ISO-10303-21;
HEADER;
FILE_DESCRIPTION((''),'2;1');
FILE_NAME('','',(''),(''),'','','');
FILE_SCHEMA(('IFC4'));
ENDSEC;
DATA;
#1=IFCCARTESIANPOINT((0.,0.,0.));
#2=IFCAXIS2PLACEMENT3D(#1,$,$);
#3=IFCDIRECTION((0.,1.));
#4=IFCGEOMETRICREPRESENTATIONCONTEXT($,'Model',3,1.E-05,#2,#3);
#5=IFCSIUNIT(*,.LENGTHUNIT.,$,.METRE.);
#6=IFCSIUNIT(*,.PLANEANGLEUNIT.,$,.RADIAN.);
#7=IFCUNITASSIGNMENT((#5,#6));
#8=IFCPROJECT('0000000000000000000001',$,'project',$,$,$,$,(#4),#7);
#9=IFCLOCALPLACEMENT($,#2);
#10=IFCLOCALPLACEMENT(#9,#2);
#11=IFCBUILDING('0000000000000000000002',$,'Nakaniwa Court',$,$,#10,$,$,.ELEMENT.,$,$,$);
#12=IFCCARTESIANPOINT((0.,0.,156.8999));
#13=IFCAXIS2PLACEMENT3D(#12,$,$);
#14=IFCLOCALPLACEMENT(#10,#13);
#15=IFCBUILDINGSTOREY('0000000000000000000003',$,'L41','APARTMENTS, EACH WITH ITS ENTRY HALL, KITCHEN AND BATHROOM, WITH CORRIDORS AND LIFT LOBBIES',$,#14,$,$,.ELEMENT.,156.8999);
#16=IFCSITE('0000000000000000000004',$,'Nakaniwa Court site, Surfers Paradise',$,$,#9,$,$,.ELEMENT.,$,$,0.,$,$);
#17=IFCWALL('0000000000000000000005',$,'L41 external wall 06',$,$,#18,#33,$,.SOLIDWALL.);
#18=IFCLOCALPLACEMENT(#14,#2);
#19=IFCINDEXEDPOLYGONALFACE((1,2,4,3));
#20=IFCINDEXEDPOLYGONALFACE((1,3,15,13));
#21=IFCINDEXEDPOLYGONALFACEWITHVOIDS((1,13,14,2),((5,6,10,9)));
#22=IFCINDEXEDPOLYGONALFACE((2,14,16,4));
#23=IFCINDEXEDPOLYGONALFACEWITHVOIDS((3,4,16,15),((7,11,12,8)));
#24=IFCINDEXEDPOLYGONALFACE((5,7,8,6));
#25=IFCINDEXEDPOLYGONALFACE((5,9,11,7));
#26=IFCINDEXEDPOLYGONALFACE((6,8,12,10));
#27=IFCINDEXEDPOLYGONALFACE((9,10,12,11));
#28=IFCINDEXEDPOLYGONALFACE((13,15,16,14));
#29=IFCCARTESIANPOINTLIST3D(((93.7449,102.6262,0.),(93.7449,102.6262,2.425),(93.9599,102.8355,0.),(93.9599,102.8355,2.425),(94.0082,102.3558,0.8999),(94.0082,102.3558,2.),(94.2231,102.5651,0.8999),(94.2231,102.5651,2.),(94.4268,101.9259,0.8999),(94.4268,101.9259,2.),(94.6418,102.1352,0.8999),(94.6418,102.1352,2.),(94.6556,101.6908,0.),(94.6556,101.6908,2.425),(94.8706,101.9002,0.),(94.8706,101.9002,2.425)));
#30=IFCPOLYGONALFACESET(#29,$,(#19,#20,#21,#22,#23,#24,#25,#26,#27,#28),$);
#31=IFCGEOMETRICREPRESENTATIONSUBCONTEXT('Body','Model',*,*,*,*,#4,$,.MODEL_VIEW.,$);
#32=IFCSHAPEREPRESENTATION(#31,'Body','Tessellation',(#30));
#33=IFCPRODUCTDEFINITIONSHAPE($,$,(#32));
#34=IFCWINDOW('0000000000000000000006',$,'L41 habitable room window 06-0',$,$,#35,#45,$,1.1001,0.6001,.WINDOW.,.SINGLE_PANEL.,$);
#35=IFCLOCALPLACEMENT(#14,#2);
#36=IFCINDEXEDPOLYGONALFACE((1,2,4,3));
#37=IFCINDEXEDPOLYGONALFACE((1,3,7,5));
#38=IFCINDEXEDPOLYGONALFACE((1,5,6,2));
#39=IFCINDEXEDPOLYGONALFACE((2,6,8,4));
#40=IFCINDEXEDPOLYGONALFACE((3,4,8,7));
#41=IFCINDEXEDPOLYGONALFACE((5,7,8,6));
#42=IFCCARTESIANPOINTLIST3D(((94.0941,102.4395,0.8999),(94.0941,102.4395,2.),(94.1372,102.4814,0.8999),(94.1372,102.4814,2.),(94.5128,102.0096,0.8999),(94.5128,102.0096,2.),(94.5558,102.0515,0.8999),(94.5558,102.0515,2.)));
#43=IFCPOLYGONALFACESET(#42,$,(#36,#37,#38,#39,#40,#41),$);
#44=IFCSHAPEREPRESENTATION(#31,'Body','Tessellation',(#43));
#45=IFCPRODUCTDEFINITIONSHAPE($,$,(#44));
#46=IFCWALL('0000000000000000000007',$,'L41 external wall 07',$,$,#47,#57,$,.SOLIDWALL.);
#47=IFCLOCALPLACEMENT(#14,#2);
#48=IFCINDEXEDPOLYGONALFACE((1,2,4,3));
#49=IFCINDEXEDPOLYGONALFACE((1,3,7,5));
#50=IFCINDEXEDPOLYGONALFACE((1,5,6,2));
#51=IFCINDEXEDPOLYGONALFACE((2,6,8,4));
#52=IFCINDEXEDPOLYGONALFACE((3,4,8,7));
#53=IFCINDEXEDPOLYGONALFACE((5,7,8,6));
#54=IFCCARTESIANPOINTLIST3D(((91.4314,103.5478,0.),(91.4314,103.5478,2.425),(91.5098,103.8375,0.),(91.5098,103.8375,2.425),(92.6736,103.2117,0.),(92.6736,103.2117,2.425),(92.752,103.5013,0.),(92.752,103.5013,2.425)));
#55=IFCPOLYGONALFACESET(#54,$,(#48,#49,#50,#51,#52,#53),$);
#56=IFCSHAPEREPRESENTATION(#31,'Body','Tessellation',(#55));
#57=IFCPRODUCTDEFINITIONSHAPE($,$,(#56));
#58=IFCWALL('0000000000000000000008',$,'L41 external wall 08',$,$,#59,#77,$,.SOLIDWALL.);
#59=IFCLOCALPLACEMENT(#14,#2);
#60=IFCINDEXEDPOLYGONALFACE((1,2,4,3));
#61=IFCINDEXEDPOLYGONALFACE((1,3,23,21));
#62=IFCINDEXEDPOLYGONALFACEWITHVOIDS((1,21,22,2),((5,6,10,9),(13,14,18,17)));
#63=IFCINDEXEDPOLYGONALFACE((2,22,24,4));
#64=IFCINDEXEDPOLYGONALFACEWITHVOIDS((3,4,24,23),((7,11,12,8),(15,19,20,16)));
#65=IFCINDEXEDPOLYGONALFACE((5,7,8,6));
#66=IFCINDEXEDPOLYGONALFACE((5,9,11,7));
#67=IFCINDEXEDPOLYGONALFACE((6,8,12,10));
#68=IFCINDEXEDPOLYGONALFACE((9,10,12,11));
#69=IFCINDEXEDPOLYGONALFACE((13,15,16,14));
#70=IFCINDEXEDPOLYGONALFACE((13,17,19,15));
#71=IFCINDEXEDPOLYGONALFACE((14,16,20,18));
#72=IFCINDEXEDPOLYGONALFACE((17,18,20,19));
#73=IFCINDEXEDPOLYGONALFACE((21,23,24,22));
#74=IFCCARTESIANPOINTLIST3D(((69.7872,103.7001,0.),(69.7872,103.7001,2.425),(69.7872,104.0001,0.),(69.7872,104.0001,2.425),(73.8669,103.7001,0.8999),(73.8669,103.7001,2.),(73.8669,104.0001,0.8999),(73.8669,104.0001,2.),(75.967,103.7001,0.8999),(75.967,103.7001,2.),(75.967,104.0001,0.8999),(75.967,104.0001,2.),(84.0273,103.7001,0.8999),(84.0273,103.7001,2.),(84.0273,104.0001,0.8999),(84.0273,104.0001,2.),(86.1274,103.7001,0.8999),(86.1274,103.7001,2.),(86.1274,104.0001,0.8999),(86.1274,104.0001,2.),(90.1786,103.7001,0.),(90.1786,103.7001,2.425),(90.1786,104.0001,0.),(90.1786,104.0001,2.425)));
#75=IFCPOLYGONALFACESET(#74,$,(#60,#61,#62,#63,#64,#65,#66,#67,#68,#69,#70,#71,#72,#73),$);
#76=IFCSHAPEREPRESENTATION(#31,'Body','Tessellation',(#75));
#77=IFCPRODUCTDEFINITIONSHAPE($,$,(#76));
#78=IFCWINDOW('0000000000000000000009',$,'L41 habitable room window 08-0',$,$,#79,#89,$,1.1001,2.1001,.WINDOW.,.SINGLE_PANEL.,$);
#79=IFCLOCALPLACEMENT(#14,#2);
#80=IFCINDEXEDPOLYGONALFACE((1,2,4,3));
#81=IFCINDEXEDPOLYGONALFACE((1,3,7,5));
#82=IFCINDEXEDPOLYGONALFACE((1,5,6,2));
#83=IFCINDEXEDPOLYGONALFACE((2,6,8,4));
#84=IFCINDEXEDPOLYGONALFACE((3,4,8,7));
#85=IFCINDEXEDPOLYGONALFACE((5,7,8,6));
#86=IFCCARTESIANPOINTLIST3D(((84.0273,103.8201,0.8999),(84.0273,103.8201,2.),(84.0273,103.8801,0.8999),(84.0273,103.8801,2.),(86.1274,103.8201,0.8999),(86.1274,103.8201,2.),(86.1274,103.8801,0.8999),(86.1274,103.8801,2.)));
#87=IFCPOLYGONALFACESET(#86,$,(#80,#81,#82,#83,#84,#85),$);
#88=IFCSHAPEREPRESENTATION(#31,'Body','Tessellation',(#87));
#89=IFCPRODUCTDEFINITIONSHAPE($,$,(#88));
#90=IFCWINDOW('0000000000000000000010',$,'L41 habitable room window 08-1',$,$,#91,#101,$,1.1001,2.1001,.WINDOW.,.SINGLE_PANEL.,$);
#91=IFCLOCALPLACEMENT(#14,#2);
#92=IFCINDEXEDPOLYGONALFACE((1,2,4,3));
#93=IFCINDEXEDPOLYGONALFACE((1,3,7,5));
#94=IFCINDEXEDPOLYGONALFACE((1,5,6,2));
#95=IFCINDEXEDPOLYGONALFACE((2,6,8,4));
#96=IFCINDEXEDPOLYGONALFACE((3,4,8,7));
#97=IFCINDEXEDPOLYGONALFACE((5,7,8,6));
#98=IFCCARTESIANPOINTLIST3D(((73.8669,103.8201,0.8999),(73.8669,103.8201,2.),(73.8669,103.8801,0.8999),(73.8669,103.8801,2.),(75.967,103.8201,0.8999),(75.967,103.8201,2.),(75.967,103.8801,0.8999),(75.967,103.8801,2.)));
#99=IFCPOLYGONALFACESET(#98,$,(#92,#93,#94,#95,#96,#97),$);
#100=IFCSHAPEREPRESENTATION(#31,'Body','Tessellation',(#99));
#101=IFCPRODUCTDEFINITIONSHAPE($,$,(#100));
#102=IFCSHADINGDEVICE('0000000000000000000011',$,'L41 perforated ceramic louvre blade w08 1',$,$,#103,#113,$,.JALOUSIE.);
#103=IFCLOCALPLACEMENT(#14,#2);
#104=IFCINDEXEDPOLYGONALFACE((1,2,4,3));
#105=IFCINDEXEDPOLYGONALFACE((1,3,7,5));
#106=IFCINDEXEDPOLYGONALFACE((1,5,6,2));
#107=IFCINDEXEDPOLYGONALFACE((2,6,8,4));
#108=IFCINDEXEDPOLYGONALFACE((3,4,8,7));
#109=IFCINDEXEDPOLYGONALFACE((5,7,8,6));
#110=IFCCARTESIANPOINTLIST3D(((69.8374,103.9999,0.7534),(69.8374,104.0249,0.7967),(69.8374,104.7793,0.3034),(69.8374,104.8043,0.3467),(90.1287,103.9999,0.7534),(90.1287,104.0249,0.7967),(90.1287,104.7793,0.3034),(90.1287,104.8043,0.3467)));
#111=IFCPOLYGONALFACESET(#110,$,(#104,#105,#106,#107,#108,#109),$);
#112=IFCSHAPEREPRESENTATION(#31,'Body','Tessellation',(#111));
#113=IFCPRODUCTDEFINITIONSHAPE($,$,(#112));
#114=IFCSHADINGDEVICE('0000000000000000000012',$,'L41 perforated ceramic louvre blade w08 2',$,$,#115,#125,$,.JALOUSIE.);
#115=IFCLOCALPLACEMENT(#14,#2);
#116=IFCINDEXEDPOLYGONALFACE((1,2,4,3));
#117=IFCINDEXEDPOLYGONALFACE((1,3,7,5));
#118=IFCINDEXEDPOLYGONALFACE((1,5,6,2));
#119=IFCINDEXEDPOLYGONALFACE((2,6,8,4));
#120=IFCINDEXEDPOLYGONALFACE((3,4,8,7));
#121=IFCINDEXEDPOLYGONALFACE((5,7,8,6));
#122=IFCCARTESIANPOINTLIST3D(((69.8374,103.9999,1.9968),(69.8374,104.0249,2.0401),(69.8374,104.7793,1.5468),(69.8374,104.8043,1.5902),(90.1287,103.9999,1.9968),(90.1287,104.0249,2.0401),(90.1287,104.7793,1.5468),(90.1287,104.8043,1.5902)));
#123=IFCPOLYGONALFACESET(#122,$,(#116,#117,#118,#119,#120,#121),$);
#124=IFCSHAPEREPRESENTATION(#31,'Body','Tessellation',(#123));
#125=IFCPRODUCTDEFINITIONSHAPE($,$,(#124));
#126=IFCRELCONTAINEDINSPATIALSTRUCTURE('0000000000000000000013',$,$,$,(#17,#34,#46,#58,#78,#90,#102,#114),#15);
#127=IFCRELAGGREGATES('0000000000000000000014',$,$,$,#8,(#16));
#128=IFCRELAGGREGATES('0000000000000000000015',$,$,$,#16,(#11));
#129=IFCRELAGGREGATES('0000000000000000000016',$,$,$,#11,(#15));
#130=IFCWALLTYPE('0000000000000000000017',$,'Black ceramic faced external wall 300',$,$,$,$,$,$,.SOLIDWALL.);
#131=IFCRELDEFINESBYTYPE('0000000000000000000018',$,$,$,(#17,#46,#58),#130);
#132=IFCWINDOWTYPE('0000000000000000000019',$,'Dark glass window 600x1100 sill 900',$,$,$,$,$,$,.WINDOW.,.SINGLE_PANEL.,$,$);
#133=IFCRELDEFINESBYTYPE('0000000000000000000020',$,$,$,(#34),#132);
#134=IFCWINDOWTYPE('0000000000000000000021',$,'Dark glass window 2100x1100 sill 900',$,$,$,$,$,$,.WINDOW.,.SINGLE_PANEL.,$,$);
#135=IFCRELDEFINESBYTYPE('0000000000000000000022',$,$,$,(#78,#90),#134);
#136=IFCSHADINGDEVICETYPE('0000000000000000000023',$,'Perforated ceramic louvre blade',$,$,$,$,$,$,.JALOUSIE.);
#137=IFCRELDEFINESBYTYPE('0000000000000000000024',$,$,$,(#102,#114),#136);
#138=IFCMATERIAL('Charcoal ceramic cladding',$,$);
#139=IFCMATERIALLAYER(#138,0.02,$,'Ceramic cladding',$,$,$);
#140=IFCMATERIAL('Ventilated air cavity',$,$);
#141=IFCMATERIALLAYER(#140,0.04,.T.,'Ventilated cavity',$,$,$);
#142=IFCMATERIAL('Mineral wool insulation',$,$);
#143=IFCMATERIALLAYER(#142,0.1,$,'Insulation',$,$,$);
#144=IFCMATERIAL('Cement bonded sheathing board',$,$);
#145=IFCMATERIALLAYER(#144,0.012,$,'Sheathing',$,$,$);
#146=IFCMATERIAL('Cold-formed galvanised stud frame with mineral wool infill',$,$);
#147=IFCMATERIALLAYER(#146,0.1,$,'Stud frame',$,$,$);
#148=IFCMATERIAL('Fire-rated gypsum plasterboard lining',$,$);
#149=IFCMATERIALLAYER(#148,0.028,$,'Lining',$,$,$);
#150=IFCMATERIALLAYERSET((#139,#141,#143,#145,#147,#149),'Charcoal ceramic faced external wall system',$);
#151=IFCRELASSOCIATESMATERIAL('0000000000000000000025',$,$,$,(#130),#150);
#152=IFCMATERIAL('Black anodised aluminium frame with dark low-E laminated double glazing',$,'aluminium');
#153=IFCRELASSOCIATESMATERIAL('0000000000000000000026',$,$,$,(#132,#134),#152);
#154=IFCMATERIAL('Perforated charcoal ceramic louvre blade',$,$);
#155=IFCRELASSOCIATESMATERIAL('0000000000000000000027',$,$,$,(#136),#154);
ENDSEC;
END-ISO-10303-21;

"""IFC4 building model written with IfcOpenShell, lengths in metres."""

from ifc_helpers import new_model, si_unit, direction, frame, frame_2d, origin, origin_2d, place, context, subcontext, project, spatial, rectangle, extrude, material, layer, layer_set, material_profile, profile_set, type_object, element, fill, save


model = new_model("IFC4")

# Units and contexts
model_context = context("Model", 3, precision=1e-05, world=origin(), true_north=direction((0.0, 1.0)))
body_context = subcontext(model_context, "Body", "Model", "MODEL_VIEW")
ifc_project = project(units=[si_unit("LENGTHUNIT", "METRE"), si_unit("PLANEANGLEUNIT", "RADIAN")], contexts=[model_context])

# Site, building, storey
site_placement = place(None, origin())
site = spatial("IfcSite", under=ifc_project, at=site_placement, Name="Nakaniwa Court site, Surfers Paradise", CompositionType="ELEMENT", RefElevation=0.0)
building_placement = place(site_placement, origin())
building = spatial("IfcBuilding", under=site, at=building_placement, Name="Nakaniwa Court", CompositionType="ELEMENT")
storey_placement = place(building_placement, frame((0.0, 0.0, 156.8999)))
storey = spatial("IfcBuildingStorey", under=building, at=storey_placement, Name="L41", Description="APARTMENTS, EACH WITH ITS ENTRY HALL, KITCHEN AND BATHROOM, WITH CORRIDORS AND LIFT LOBBIES", CompositionType="ELEMENT", Elevation=156.8999)

# Wall, opening, window
ifc_material_1 = material(Name="Charcoal ceramic cladding")
ifc_layer_1 = layer(ifc_material_1, 0.02, Name="Ceramic cladding")
ifc_material_2 = material(Name="Ventilated air cavity")
ifc_layer_2 = layer(ifc_material_2, 0.04, ventilated=True, Name="Ventilated cavity")
ifc_material_3 = material(Name="Mineral wool insulation")
ifc_layer_3 = layer(ifc_material_3, 0.1, Name="Insulation")
ifc_material_4 = material(Name="Cement bonded sheathing board")
ifc_layer_4 = layer(ifc_material_4, 0.012, Name="Sheathing")
ifc_material_5 = material(Name="Cold-formed galvanised stud frame with mineral wool infill")
ifc_layer_5 = layer(ifc_material_5, 0.1, Name="Stud frame")
ifc_material_6 = material(Name="Fire-rated gypsum plasterboard lining")
ifc_layer_6 = layer(ifc_material_6, 0.028, Name="Lining")
ifc_layer_set_1 = layer_set([ifc_layer_1, ifc_layer_2, ifc_layer_3, ifc_layer_4, ifc_layer_5, ifc_layer_6], Name="Charcoal ceramic faced external wall system")
wall_type_1 = type_object("IfcWallType", Name="Black ceramic faced external wall 300", PredefinedType="SOLIDWALL", material=ifc_layer_set_1)
wall_1_placement = place(storey_placement, frame((94.7632, 101.7954, 0.0), z_axis=(0.0, 0.0, 1.0), x_axis=(-0.697599, 0.716488, 0.0)))
wall_1 = element("IfcWall", 1, at=wall_1_placement, inside=storey, type_object=wall_type_1, Name="L41 external wall 06", PredefinedType="SOLIDWALL", context=body_context, shape_type="SweptSolid", body=[
    extrude(rectangle(XDim=1.3054, YDim=0.3, at=frame_2d((0.6528, 0.0))), origin(), (0.0, 0.0, 1.0), 2.425),
])
opening_1_placement = place(wall_1_placement, frame((0.3281, 0.0, 0.8999)))
opening_1 = element("IfcOpeningElement", 2, at=opening_1_placement, cuts=wall_1, PredefinedType="OPENING", context=body_context, shape_type="SweptSolid", body=[
    extrude(rectangle(XDim=0.6001, YDim=1.1001, at=frame_2d((0.3, 0.55))), frame((0.0, 0.1599, 0.0), z_axis=(0.0, -1.0, 0.0), x_axis=(1.0, 0.0, 0.0)), (0.0, 0.0, 1.0), 0.3201),
])
ifc_material_7 = material(Name="Black anodised aluminium frame with dark low-E laminated double glazing", Category="aluminium")
window_type_1 = type_object("IfcWindowType", Name="Dark glass window 600x1100 sill 900", PartitioningType="SINGLE_PANEL", PredefinedType="WINDOW", material=ifc_material_7)
window_1_placement = place(opening_1_placement, origin())
window_1 = element("IfcWindow", 3, at=window_1_placement, inside=storey, type_object=window_type_1, Name="L41 habitable room window 06-0", OverallHeight=1.1001, OverallWidth=0.6001, PartitioningType="SINGLE_PANEL", PredefinedType="WINDOW", context=body_context, shape_type="SweptSolid", body=[
    extrude(rectangle(XDim=0.6001, YDim=1.1001, at=frame_2d((0.3, 0.55))), frame((0.0, 0.03, 0.0), z_axis=(0.0, -1.0, 0.0), x_axis=(1.0, 0.0, 0.0)), (0.0, 0.0, 1.0), 0.0601),
])
fill(opening_1, window_1)

# Wall
wall_2_placement = place(storey_placement, frame((92.7129, 103.3564, 0.0), z_axis=(0.0, 0.0, 1.0), x_axis=(-0.965274, 0.261239, 0.0)))
element("IfcWall", 4, at=wall_2_placement, inside=storey, type_object=wall_type_1, Name="L41 external wall 07", PredefinedType="SOLIDWALL", context=body_context, shape_type="SweptSolid", body=[
    extrude(rectangle(XDim=1.2869, YDim=0.3, at=frame_2d((0.6436, 0.0))), origin(), (0.0, 0.0, 1.0), 2.425),
])

# Wall, openings, windows
wall_3_placement = place(storey_placement, frame((90.1787, 103.8501, 0.0), z_axis=(0.0, 0.0, 1.0), x_axis=(-1.0, 0.0, 0.0)))
wall_3 = element("IfcWall", 5, at=wall_3_placement, inside=storey, type_object=wall_type_1, Name="L41 external wall 08", PredefinedType="SOLIDWALL", context=body_context, shape_type="SweptSolid", body=[
    extrude(rectangle(XDim=20.3914, YDim=0.3, at=frame_2d((10.1958, 0.0))), origin(), (0.0, 0.0, 1.0), 2.425),
])
opening_2_placement = place(wall_3_placement, frame((4.0513, 0.0, 0.8999)))
opening_2 = element("IfcOpeningElement", 6, at=opening_2_placement, cuts=wall_3, PredefinedType="OPENING", context=body_context, shape_type="SweptSolid", body=[
    extrude(rectangle(XDim=2.1001, YDim=1.1001, at=frame_2d((1.05, 0.55))), frame((0.0, 0.1599, 0.0), z_axis=(0.0, -1.0, 0.0), x_axis=(1.0, 0.0, 0.0)), (0.0, 0.0, 1.0), 0.3201),
])
opening_3_placement = place(wall_3_placement, frame((14.2117, 0.0, 0.8999)))
opening_3 = element("IfcOpeningElement", 7, at=opening_3_placement, cuts=wall_3, PredefinedType="OPENING", context=body_context, shape_type="SweptSolid", body=[
    extrude(rectangle(XDim=2.1001, YDim=1.1001, at=frame_2d((1.05, 0.55))), frame((0.0, 0.1599, 0.0), z_axis=(0.0, -1.0, 0.0), x_axis=(1.0, 0.0, 0.0)), (0.0, 0.0, 1.0), 0.3201),
])
window_type_2 = type_object("IfcWindowType", Name="Dark glass window 2100x1100 sill 900", PartitioningType="SINGLE_PANEL", PredefinedType="WINDOW", material=ifc_material_7)
window_2_placement = place(opening_2_placement, origin())
window_2 = element("IfcWindow", 8, at=window_2_placement, inside=storey, type_object=window_type_2, Name="L41 habitable room window 08-0", OverallHeight=1.1001, OverallWidth=2.1001, PartitioningType="SINGLE_PANEL", PredefinedType="WINDOW", context=body_context, shape_type="SweptSolid", body=[
    extrude(rectangle(XDim=2.1001, YDim=1.1001, at=frame_2d((1.05, 0.55))), frame((0.0, 0.03, 0.0), z_axis=(0.0, -1.0, 0.0), x_axis=(1.0, 0.0, 0.0)), (0.0, 0.0, 1.0), 0.0601),
])
fill(opening_2, window_2)
window_3_placement = place(opening_3_placement, origin())
window_3 = element("IfcWindow", 9, at=window_3_placement, inside=storey, type_object=window_type_2, Name="L41 habitable room window 08-1", OverallHeight=1.1001, OverallWidth=2.1001, PartitioningType="SINGLE_PANEL", PredefinedType="WINDOW", context=body_context, shape_type="SweptSolid", body=[
    extrude(rectangle(XDim=2.1001, YDim=1.1001, at=frame_2d((1.05, 0.55))), frame((0.0, 0.03, 0.0), z_axis=(0.0, -1.0, 0.0), x_axis=(1.0, 0.0, 0.0)), (0.0, 0.0, 1.0), 0.0601),
])
fill(opening_3, window_3)

# Shading devices
ifc_material_8 = material(Name="Perforated charcoal ceramic louvre blade")
ifc_material_profile_1 = material_profile(ifc_material_8, rectangle(XDim=0.8999, YDim=0.05, at=origin_2d()), Name="Perforated ceramic louvre blade")
ifc_profile_set_1 = profile_set([ifc_material_profile_1], Name="Perforated charcoal ceramic louvre blade")
shading_device_type = type_object("IfcShadingDeviceType", Name="Perforated ceramic louvre blade", PredefinedType="JALOUSIE", material=ifc_profile_set_1)
for number, where, z_axis, x_axis, name in (
    (10, (90.1287, 104.4021, 0.55), (-1.0, 0.0, 0.0), (0.0, -0.866025, 0.5), "L41 perforated ceramic louvre blade w08 1"),
    (11, (90.1287, 104.4021, 1.7935), (-1.0, 0.0, 0.0), (0.0, -0.866025, 0.5), "L41 perforated ceramic louvre blade w08 2"),
):
    element("IfcShadingDevice", number, at=place(storey_placement, frame(where, z_axis=z_axis, x_axis=x_axis)), inside=storey, type_object=shading_device_type, Name=name, PredefinedType="JALOUSIE", context=body_context, shape_type="SweptSolid", body=[
        extrude(rectangle(XDim=0.8999, YDim=0.05, at=origin_2d()), origin(), (0.0, 0.0, 1.0), 20.2913),
    ])

save(model, "model.ifc")
